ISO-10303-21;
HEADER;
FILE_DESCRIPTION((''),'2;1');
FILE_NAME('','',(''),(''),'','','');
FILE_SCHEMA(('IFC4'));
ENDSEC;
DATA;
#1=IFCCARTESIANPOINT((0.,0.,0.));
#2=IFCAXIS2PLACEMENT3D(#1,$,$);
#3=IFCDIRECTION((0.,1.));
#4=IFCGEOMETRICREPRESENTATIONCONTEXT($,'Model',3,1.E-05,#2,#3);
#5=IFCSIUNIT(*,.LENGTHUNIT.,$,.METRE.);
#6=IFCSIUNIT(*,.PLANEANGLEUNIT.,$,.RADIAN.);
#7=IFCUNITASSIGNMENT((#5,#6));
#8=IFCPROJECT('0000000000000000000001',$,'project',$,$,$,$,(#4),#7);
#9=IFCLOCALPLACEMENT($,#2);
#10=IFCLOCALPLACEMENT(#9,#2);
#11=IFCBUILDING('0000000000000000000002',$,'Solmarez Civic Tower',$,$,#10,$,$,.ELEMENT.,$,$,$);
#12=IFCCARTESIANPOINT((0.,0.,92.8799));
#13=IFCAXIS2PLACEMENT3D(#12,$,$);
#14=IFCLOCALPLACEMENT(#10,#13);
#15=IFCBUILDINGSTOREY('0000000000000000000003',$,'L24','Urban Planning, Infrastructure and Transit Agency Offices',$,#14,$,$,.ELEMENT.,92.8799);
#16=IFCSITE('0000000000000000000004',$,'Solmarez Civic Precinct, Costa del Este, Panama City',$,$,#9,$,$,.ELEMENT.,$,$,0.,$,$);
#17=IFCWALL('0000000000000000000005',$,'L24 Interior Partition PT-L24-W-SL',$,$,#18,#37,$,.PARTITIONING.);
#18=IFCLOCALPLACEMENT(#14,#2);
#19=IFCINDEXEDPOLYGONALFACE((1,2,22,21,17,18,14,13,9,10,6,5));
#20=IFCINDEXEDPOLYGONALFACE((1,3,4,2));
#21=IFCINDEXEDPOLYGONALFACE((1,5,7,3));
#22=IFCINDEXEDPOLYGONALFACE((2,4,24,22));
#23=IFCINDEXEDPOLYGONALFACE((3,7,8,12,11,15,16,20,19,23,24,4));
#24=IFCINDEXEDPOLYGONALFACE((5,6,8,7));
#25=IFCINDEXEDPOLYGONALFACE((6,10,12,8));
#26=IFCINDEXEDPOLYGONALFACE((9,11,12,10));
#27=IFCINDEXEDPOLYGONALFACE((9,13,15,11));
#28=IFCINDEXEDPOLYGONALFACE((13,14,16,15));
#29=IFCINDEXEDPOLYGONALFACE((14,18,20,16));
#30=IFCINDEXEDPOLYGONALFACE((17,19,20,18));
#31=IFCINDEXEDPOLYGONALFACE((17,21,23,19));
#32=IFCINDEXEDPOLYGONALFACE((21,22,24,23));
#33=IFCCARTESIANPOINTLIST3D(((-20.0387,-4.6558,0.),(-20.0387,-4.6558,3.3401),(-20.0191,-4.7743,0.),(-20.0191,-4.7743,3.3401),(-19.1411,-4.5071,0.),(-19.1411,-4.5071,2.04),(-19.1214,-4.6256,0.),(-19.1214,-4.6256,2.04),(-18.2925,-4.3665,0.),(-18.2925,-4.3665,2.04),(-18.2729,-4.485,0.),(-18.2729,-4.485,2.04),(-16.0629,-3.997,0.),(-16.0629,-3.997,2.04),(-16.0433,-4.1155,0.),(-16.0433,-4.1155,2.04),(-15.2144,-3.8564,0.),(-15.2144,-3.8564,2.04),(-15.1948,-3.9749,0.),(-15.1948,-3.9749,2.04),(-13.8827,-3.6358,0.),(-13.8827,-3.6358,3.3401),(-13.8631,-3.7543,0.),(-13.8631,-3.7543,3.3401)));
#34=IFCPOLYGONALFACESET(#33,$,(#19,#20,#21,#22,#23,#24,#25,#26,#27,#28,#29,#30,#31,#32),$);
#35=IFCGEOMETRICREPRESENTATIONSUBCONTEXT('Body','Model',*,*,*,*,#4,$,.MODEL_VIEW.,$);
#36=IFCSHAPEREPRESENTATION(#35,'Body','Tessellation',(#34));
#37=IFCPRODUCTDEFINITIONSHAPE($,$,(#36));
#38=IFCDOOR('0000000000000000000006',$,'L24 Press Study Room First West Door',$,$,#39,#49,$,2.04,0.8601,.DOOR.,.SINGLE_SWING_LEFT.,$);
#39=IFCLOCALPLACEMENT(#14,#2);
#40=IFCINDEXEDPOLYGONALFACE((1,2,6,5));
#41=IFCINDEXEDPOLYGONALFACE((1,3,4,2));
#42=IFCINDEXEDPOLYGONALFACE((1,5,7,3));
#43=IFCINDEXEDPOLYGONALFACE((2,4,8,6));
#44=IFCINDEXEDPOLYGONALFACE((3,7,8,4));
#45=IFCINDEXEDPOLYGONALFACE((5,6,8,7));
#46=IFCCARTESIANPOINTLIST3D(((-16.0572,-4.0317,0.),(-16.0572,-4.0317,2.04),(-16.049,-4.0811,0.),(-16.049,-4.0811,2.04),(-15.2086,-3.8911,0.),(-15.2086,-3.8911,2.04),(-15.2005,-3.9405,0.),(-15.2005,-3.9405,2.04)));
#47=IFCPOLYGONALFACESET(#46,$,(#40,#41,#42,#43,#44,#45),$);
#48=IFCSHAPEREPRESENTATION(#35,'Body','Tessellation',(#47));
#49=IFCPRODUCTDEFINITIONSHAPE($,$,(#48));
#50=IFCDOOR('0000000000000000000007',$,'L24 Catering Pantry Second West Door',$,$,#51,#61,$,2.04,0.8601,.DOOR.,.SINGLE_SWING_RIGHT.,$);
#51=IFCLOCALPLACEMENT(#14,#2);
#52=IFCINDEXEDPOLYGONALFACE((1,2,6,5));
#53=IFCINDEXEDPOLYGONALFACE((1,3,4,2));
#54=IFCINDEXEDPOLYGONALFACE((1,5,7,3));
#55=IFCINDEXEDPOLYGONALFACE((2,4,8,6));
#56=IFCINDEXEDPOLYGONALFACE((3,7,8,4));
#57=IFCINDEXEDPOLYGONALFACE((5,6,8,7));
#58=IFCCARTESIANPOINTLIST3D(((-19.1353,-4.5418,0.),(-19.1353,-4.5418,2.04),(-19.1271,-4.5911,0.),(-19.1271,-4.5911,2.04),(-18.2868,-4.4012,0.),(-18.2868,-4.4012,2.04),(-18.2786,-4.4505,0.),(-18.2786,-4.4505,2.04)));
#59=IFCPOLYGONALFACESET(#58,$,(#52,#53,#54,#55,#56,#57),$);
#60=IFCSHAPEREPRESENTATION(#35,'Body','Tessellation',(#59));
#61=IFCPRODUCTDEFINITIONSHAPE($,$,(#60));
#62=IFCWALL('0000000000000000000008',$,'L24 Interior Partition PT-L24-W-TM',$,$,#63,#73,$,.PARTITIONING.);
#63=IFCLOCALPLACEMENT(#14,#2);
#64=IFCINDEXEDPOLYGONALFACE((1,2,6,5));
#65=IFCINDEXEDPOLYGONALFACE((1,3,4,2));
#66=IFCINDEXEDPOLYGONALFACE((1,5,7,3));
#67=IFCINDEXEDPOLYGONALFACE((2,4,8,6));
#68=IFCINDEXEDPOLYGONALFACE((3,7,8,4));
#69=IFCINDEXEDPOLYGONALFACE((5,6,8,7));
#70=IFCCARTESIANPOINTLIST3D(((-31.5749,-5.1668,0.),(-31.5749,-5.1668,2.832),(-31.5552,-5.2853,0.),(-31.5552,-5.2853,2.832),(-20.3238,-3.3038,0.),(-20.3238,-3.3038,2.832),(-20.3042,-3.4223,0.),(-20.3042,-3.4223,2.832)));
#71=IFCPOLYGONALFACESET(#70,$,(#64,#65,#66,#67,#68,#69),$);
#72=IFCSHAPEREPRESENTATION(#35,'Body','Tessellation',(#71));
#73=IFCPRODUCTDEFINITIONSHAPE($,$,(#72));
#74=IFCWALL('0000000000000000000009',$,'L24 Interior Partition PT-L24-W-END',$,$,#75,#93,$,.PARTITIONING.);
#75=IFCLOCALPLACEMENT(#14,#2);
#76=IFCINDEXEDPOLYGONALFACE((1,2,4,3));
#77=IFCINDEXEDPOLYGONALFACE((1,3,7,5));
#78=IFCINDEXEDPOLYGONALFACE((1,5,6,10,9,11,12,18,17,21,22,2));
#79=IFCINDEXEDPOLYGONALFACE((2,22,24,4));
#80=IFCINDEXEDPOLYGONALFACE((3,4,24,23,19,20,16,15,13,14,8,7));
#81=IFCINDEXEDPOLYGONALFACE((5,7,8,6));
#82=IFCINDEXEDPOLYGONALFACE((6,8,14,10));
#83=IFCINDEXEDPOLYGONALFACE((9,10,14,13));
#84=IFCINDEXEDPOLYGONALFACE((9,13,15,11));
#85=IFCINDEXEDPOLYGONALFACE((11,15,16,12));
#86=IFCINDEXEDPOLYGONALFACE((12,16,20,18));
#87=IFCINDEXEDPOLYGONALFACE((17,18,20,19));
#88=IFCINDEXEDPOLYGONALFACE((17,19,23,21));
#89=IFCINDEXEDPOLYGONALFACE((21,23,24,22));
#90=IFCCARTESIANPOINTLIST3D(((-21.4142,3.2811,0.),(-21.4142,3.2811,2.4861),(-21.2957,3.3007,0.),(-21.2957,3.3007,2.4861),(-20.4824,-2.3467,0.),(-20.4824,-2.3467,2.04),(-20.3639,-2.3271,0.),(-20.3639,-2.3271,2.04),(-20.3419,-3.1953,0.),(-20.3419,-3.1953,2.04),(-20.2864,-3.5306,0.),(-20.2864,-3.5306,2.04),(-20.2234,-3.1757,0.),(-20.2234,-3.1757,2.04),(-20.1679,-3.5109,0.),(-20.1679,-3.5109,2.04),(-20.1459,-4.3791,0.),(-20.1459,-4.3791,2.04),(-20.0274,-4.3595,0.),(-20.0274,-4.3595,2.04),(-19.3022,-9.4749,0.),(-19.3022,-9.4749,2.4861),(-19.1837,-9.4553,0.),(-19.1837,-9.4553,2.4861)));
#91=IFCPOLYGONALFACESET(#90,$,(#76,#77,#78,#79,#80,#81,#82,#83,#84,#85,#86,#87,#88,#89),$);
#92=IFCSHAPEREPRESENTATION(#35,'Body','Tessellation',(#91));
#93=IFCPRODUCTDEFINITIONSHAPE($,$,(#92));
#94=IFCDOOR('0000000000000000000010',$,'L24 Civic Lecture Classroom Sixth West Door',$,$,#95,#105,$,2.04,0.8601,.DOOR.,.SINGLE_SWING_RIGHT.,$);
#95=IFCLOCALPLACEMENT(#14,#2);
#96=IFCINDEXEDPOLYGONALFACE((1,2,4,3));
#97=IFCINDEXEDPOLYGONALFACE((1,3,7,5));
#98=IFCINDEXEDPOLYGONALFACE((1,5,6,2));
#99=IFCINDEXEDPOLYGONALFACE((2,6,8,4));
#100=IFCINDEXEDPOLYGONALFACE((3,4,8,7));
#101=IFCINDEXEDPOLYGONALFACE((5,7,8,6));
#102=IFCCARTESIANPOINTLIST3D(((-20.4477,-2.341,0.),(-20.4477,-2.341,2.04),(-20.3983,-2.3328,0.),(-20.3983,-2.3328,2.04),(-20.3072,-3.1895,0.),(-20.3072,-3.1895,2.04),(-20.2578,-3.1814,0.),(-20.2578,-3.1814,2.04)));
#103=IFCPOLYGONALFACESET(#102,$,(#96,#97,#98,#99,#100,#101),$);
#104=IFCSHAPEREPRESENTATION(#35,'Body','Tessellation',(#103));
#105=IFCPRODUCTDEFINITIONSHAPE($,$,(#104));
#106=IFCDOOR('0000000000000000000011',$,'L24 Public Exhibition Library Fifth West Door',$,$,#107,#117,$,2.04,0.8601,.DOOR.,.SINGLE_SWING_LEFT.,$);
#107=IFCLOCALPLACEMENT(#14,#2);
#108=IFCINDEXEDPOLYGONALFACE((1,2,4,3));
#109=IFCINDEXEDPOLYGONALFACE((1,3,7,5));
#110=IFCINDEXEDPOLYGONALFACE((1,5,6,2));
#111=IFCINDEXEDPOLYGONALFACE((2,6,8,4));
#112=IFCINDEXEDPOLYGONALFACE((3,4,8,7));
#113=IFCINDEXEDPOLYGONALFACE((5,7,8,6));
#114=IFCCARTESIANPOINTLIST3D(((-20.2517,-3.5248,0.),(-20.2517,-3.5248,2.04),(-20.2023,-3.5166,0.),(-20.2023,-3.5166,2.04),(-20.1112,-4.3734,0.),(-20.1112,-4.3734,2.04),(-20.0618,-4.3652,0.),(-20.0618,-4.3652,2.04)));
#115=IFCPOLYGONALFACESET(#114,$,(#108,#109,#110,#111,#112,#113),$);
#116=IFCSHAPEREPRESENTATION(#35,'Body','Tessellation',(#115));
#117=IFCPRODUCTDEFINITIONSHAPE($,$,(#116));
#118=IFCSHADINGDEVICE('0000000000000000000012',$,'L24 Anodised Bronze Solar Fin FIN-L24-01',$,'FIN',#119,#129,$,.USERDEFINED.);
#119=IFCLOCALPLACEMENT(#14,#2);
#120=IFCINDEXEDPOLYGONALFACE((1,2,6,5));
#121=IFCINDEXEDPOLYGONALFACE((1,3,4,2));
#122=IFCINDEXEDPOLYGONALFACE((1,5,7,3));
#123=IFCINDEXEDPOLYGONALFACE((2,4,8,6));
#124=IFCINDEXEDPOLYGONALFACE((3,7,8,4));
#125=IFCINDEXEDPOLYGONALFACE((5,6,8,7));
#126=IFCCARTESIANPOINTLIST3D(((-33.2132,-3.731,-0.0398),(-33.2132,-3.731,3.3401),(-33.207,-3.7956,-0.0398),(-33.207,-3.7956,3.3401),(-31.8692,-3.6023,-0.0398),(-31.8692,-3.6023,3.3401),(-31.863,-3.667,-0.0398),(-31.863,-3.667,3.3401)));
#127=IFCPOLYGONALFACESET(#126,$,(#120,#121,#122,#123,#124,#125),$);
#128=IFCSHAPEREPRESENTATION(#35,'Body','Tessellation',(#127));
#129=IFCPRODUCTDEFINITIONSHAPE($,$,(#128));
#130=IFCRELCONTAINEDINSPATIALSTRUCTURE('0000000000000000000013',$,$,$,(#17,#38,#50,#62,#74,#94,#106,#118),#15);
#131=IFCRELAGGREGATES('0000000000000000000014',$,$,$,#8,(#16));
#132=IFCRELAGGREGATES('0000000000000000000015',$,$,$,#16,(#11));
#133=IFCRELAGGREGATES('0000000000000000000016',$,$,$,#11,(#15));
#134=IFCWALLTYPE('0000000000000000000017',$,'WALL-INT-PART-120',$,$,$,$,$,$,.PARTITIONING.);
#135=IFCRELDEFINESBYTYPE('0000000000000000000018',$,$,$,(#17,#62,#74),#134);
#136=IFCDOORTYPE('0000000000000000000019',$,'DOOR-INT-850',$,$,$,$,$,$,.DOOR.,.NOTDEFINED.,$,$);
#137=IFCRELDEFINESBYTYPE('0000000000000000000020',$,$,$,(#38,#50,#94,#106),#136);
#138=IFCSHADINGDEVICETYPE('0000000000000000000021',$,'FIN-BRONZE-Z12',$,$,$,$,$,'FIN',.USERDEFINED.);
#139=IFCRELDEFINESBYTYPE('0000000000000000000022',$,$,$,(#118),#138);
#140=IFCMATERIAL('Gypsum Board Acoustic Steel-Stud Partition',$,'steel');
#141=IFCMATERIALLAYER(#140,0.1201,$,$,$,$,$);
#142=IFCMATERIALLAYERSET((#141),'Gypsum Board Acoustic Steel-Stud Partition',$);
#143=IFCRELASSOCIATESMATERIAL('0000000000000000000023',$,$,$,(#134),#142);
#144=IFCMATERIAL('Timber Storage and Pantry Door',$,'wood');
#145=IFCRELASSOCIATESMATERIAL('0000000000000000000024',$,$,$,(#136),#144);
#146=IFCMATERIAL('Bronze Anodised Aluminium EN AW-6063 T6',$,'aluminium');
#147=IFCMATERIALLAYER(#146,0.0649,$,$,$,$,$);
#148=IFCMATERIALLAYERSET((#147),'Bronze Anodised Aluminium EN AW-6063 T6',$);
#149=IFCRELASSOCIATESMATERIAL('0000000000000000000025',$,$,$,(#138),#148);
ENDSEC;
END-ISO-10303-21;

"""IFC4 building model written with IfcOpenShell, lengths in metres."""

from ifc_helpers import new_model, si_unit, direction, frame, frame_2d, origin, origin_2d, place, context, subcontext, project, spatial, rectangle, extrude, material, layer, layer_set, type_object, element, fill, save


model = new_model("IFC4")

# Units and contexts
model_context = context("Model", 3, precision=1e-05, world=origin(), true_north=direction((0.0, 1.0)))
body_context = subcontext(model_context, "Body", "Model", "MODEL_VIEW")
ifc_project = project(units=[si_unit("LENGTHUNIT", "METRE"), si_unit("PLANEANGLEUNIT", "RADIAN")], contexts=[model_context])

# Site, building, storey
site_placement = place(None, origin())
site = spatial("IfcSite", under=ifc_project, at=site_placement, Name="Solmarez Civic Precinct, Costa del Este, Panama City", CompositionType="ELEMENT", RefElevation=0.0)
building_placement = place(site_placement, origin())
building = spatial("IfcBuilding", under=site, at=building_placement, Name="Solmarez Civic Tower", CompositionType="ELEMENT")
storey_placement = place(building_placement, frame((0.0, 0.0, 92.8799)))
storey = spatial("IfcBuildingStorey", under=building, at=storey_placement, Name="L24", Description="Urban Planning, Infrastructure and Transit Agency Offices", CompositionType="ELEMENT", Elevation=92.8799)

# Shared definitions
ifc_material_1 = material(Name="Gypsum Board Acoustic Steel-Stud Partition", Category="steel")
ifc_layer_1 = layer(ifc_material_1, 0.1201)
ifc_layer_set_1 = layer_set([ifc_layer_1], Name="Gypsum Board Acoustic Steel-Stud Partition")
wall_type_1 = type_object("IfcWallType", Name="WALL-INT-PART-120", PredefinedType="PARTITIONING", material=ifc_layer_set_1)

# Wall, openings, doors
wall_1_placement = place(storey_placement, frame((-20.0291, -4.7151, 0.0), z_axis=(0.0, 0.0, 1.0), x_axis=(0.986549, 0.163466, 0.0)))
wall_1 = element("IfcWall", 1, at=wall_1_placement, inside=storey, type_object=wall_type_1, Name="L24 Interior Partition PT-L24-W-SL", PredefinedType="PARTITIONING", context=body_context, shape_type="SweptSolid", body=[
    extrude(rectangle(XDim=6.24, YDim=0.1201, at=frame_2d((3.1201, 0.0))), origin(), (0.0, 0.0, 1.0), 3.3401),
])
opening_1_placement = place(wall_1_placement, frame((4.03, 0.0, 0.0)))
opening_1 = element("IfcOpeningElement", 2, at=opening_1_placement, cuts=wall_1, PredefinedType="OPENING", context=body_context, shape_type="SweptSolid", body=[
    extrude(rectangle(XDim=0.8601, YDim=2.04, at=frame_2d((0.4302, 1.02))), frame((0.0, 0.0701, 0.0), z_axis=(0.0, -1.0, 0.0), x_axis=(1.0, 0.0, 0.0)), (0.0, 0.0, 1.0), 0.1401),
])
opening_2_placement = place(wall_1_placement, frame((0.9099, 0.0, 0.0)))
opening_2 = element("IfcOpeningElement", 3, at=opening_2_placement, cuts=wall_1, PredefinedType="OPENING", context=body_context, shape_type="SweptSolid", body=[
    extrude(rectangle(XDim=0.8601, YDim=2.04, at=frame_2d((0.4302, 1.02))), frame((0.0, 0.0701, 0.0), z_axis=(0.0, -1.0, 0.0), x_axis=(1.0, 0.0, 0.0)), (0.0, 0.0, 1.0), 0.1401),
])
ifc_material_2 = material(Name="Timber Storage and Pantry Door", Category="wood")
door_type = type_object("IfcDoorType", Name="DOOR-INT-850", OperationType="NOTDEFINED", PredefinedType="DOOR", material=ifc_material_2)
door_1_placement = place(opening_1_placement, origin())
door_1 = element("IfcDoor", 4, at=door_1_placement, inside=storey, type_object=door_type, Name="L24 Press Study Room First West Door", OperationType="SINGLE_SWING_LEFT", OverallHeight=2.04, OverallWidth=0.8601, PredefinedType="DOOR", context=body_context, shape_type="SweptSolid", body=[
    extrude(rectangle(XDim=0.8601, YDim=2.04, at=frame_2d((0.4302, 1.02))), frame((0.0, 0.0249, 0.0), z_axis=(0.0, -1.0, 0.0), x_axis=(1.0, 0.0, 0.0)), (0.0, 0.0, 1.0), 0.05),
])
fill(opening_1, door_1)
door_2_placement = place(opening_2_placement, origin())
door_2 = element("IfcDoor", 5, at=door_2_placement, inside=storey, type_object=door_type, Name="L24 Catering Pantry Second West Door", OperationType="SINGLE_SWING_RIGHT", OverallHeight=2.04, OverallWidth=0.8601, PredefinedType="DOOR", context=body_context, shape_type="SweptSolid", body=[
    extrude(rectangle(XDim=0.8601, YDim=2.04, at=frame_2d((0.4302, 1.02))), frame((0.0, 0.0249, 0.0), z_axis=(0.0, -1.0, 0.0), x_axis=(1.0, 0.0, 0.0)), (0.0, 0.0, 1.0), 0.05),
])
fill(opening_2, door_2)

# Wall
wall_2_placement = place(storey_placement, frame((-20.314, -3.363, 0.0), z_axis=(0.0, 0.0, 1.0), x_axis=(-0.986566, -0.163364, 0.0)))
element("IfcWall", 6, at=wall_2_placement, inside=storey, type_object=wall_type_1, Name="L24 Interior Partition PT-L24-W-TM", PredefinedType="PARTITIONING", context=body_context, shape_type="SweptSolid", body=[
    extrude(rectangle(XDim=11.4043, YDim=0.1201, at=frame_2d((5.7021, 0.0))), origin(), (0.0, 0.0, 1.0), 2.832),
])

# Wall, openings, doors
wall_3_placement = place(storey_placement, frame((-19.2429, -9.4651, 0.0), z_axis=(0.0, 0.0, 1.0), x_axis=(-0.163349, 0.986568, 0.0)))
wall_3 = element("IfcWall", 7, at=wall_3_placement, inside=storey, type_object=wall_type_1, Name="L24 Interior Partition PT-L24-W-END", PredefinedType="PARTITIONING", context=body_context, shape_type="SweptSolid", body=[
    extrude(rectangle(XDim=12.9297, YDim=0.1201, at=frame_2d((6.4648, 0.0))), origin(), (0.0, 0.0, 1.0), 2.4861),
])
opening_3_placement = place(wall_3_placement, frame((6.365, 0.0, 0.0)))
opening_3 = element("IfcOpeningElement", 8, at=opening_3_placement, cuts=wall_3, PredefinedType="OPENING", context=body_context, shape_type="SweptSolid", body=[
    extrude(rectangle(XDim=0.8601, YDim=2.04, at=frame_2d((0.4302, 1.02))), frame((0.0, 0.0701, 0.0), z_axis=(0.0, -1.0, 0.0), x_axis=(1.0, 0.0, 0.0)), (0.0, 0.0, 1.0), 0.1401),
])
opening_4_placement = place(wall_3_placement, frame((5.165, 0.0, 0.0)))
opening_4 = element("IfcOpeningElement", 9, at=opening_4_placement, cuts=wall_3, PredefinedType="OPENING", context=body_context, shape_type="SweptSolid", body=[
    extrude(rectangle(XDim=0.8601, YDim=2.04, at=frame_2d((0.4302, 1.02))), frame((0.0, 0.0701, 0.0), z_axis=(0.0, -1.0, 0.0), x_axis=(1.0, 0.0, 0.0)), (0.0, 0.0, 1.0), 0.1401),
])
door_3_placement = place(opening_3_placement, origin())
door_3 = element("IfcDoor", 10, at=door_3_placement, inside=storey, type_object=door_type, Name="L24 Civic Lecture Classroom Sixth West Door", OperationType="SINGLE_SWING_RIGHT", OverallHeight=2.04, OverallWidth=0.8601, PredefinedType="DOOR", context=body_context, shape_type="SweptSolid", body=[
    extrude(rectangle(XDim=0.8601, YDim=2.04, at=frame_2d((0.4302, 1.02))), frame((0.0, 0.0249, 0.0), z_axis=(0.0, -1.0, 0.0), x_axis=(1.0, 0.0, 0.0)), (0.0, 0.0, 1.0), 0.05),
])
fill(opening_3, door_3)
door_4_placement = place(opening_4_placement, origin())
door_4 = element("IfcDoor", 11, at=door_4_placement, inside=storey, type_object=door_type, Name="L24 Public Exhibition Library Fifth West Door", OperationType="SINGLE_SWING_LEFT", OverallHeight=2.04, OverallWidth=0.8601, PredefinedType="DOOR", context=body_context, shape_type="SweptSolid", body=[
    extrude(rectangle(XDim=0.8601, YDim=2.04, at=frame_2d((0.4302, 1.02))), frame((0.0, 0.0249, 0.0), z_axis=(0.0, -1.0, 0.0), x_axis=(1.0, 0.0, 0.0)), (0.0, 0.0, 1.0), 0.05),
])
fill(opening_4, door_4)

# Shading device
ifc_material_3 = material(Name="Bronze Anodised Aluminium EN AW-6063 T6", Category="aluminium")
ifc_layer_2 = layer(ifc_material_3, 0.0649)
ifc_layer_set_2 = layer_set([ifc_layer_2], Name="Bronze Anodised Aluminium EN AW-6063 T6")
shading_device_type = type_object("IfcShadingDeviceType", Name="FIN-BRONZE-Z12", ElementType="FIN", PredefinedType="USERDEFINED", material=ifc_layer_set_2)
shading_device_placement = place(storey_placement, frame((-32.5381, -3.699, -0.0398), z_axis=(0.0, 0.0, 1.0), x_axis=(-0.995451, -0.095272, 0.0)))
element("IfcShadingDevice", 12, at=shading_device_placement, inside=storey, type_object=shading_device_type, Name="L24 Anodised Bronze Solar Fin FIN-L24-01", ObjectType="FIN", PredefinedType="USERDEFINED", context=body_context, shape_type="SweptSolid", body=[
    extrude(rectangle(XDim=1.3501, YDim=0.0649, at=origin_2d()), origin(), (0.0, 0.0, 1.0), 3.3799),
])

save(model, "model.ifc")
